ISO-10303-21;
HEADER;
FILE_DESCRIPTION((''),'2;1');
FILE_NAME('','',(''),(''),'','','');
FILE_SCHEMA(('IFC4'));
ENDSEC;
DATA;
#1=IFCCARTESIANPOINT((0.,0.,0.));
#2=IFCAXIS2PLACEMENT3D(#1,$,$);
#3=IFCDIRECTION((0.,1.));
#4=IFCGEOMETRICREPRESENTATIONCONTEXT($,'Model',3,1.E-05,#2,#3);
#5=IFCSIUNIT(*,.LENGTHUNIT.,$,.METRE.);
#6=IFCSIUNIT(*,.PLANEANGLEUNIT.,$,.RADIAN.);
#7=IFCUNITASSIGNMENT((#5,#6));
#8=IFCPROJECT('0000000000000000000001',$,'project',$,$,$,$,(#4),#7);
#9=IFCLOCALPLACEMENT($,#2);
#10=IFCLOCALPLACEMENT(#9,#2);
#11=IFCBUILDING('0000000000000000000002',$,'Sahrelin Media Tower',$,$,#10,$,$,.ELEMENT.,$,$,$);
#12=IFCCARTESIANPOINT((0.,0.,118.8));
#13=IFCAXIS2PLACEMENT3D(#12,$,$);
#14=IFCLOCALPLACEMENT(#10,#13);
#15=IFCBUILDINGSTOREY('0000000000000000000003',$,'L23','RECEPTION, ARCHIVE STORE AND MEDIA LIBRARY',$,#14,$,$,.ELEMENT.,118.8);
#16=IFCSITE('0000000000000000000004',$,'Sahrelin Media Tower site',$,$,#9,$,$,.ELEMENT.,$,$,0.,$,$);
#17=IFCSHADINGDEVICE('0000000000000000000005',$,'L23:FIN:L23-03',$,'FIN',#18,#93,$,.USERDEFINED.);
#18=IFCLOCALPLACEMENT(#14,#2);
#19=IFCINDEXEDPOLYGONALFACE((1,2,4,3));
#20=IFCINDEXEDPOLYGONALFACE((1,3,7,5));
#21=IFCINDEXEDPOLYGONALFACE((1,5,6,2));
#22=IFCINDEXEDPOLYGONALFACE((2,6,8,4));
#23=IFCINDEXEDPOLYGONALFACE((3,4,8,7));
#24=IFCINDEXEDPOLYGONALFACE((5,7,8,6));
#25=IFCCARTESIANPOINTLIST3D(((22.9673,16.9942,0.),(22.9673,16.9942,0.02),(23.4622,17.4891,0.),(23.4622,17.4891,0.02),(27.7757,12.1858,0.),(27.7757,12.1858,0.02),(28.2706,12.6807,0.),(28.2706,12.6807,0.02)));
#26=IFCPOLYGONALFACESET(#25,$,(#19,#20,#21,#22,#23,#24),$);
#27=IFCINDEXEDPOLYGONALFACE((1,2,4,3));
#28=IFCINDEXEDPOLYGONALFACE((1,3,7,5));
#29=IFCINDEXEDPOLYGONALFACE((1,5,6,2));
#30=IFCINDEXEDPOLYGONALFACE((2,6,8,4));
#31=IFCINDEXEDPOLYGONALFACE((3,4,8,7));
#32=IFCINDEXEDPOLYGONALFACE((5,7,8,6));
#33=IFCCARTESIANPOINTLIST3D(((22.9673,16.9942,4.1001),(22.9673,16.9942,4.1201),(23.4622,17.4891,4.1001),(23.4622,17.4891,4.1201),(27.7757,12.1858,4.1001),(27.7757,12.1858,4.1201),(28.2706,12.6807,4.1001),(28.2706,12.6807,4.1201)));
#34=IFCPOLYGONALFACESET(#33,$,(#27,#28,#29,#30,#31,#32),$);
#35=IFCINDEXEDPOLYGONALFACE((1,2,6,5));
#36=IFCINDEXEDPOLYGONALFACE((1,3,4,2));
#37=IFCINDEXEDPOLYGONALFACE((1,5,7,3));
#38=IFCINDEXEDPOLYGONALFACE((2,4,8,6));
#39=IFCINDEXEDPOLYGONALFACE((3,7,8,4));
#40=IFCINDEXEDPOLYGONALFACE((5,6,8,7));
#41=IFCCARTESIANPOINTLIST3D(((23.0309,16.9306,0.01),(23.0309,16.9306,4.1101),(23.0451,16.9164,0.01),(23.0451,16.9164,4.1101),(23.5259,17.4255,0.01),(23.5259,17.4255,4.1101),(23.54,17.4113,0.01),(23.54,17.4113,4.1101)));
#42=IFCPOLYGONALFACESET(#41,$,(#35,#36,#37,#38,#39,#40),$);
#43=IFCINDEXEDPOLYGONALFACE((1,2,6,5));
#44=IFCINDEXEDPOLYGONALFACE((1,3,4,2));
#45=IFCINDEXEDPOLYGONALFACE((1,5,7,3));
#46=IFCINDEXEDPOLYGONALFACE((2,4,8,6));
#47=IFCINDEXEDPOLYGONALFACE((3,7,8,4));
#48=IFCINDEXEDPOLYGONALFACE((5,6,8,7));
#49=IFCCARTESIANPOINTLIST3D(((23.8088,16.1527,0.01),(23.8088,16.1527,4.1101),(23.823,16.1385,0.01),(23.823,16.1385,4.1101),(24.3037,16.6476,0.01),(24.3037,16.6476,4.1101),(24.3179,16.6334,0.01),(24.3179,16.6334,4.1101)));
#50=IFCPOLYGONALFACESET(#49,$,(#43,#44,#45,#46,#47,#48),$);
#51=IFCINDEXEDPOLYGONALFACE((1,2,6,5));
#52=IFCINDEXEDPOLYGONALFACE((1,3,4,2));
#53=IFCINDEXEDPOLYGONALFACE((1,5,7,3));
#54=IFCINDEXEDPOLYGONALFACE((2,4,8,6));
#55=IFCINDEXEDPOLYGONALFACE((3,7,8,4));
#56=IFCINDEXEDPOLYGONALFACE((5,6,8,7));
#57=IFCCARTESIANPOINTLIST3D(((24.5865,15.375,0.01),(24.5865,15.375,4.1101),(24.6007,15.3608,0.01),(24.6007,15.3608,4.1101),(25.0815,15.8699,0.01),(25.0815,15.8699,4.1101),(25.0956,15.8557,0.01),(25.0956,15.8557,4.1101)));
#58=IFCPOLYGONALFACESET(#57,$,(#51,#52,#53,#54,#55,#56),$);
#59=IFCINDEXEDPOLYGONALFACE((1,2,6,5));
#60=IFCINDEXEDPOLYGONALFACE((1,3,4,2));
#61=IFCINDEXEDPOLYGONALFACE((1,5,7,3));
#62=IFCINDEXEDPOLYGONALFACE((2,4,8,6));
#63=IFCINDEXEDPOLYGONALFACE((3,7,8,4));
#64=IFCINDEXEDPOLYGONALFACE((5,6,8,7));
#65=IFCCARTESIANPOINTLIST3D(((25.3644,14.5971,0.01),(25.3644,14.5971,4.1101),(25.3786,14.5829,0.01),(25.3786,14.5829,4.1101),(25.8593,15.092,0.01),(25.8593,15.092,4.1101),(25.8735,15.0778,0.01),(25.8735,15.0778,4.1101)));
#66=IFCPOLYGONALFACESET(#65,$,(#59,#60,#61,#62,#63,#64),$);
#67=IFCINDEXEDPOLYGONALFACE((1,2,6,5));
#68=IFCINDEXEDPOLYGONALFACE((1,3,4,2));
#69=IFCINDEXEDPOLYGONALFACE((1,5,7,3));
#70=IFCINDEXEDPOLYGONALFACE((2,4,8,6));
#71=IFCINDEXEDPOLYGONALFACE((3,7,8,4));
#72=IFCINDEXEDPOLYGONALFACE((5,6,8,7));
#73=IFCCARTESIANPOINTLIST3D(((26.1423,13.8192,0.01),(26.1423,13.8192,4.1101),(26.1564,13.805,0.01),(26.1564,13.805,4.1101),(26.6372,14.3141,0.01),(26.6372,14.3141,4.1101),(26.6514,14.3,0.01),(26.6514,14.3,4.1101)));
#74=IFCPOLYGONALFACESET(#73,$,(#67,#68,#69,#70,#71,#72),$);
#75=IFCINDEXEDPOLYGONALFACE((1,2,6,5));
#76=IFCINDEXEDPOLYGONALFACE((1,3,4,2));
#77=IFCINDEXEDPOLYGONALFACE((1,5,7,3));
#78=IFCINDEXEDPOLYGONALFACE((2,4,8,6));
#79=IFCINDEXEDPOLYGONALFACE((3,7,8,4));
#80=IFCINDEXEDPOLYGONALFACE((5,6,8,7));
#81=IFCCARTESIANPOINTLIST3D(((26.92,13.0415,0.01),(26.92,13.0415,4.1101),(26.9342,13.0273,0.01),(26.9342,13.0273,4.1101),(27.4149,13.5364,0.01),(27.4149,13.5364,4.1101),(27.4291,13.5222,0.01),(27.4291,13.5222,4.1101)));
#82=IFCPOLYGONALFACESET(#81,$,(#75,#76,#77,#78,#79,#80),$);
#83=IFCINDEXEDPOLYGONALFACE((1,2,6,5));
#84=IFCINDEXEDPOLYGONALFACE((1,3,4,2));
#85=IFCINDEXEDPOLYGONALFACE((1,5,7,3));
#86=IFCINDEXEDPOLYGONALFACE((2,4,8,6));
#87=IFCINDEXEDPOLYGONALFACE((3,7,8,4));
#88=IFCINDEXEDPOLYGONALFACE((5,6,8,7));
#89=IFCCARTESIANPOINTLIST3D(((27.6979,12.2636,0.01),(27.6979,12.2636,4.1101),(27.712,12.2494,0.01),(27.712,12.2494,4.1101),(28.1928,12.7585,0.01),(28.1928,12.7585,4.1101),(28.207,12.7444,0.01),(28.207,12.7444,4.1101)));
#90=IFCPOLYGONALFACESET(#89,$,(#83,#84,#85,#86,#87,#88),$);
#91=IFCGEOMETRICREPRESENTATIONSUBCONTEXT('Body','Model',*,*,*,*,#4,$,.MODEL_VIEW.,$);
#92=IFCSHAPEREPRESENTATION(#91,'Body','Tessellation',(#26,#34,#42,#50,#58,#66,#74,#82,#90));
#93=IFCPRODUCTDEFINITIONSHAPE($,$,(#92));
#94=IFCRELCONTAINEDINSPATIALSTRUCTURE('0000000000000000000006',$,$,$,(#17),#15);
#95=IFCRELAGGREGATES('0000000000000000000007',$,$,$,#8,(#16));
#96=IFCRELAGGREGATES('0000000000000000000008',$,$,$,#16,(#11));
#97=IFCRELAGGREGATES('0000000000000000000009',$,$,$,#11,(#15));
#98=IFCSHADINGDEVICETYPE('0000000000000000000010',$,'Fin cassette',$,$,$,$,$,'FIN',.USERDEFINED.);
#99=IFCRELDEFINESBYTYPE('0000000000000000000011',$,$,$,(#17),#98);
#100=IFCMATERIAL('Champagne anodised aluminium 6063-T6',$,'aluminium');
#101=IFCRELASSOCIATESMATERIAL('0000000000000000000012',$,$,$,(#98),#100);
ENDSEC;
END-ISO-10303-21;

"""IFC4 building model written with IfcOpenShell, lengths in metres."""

from ifc_helpers import new_model, si_unit, direction, frame, origin, origin_2d, place, context, subcontext, project, spatial, rectangle, extrude, material, type_object, element, save


model = new_model("IFC4")

# Units and contexts
model_context = context("Model", 3, precision=1e-05, world=origin(), true_north=direction((0.0, 1.0)))
body_context = subcontext(model_context, "Body", "Model", "MODEL_VIEW")
ifc_project = project(units=[si_unit("LENGTHUNIT", "METRE"), si_unit("PLANEANGLEUNIT", "RADIAN")], contexts=[model_context])

# Site, building, storey
site_placement = place(None, origin())
site = spatial("IfcSite", under=ifc_project, at=site_placement, Name="Sahrelin Media Tower site", CompositionType="ELEMENT", RefElevation=0.0)
building_placement = place(site_placement, origin())
building = spatial("IfcBuilding", under=site, at=building_placement, Name="Sahrelin Media Tower", CompositionType="ELEMENT")
storey_placement = place(building_placement, frame((0.0, 0.0, 118.8)))
storey = spatial("IfcBuildingStorey", under=building, at=storey_placement, Name="L23", Description="RECEPTION, ARCHIVE STORE AND MEDIA LIBRARY", CompositionType="ELEMENT", Elevation=118.8)

# Shared definitions
ifc_material_1 = material(Name="Champagne anodised aluminium 6063-T6", Category="aluminium")

# Shading device
shading_device_type_1 = type_object("IfcShadingDeviceType", Name="Fin cassette", ElementType="FIN", PredefinedType="USERDEFINED", material=ifc_material_1)
placement_1 = place(storey_placement, frame((25.322, 14.5405, 0.0), z_axis=(0.0, 0.0, 1.0), x_axis=(0.707107, -0.707107, 0.0)))
element("IfcShadingDevice", 1, at=placement_1, inside=storey, type_object=shading_device_type_1, Name="L23:FIN:L23-03", ObjectType="FIN", PredefinedType="USERDEFINED", context=body_context, shape_type="SweptSolid", body=[
    extrude(rectangle(XDim=6.8, YDim=0.7, at=origin_2d()), frame((0.0, 0.4199, 0.0)), (0.0, 0.0, 1.0), 0.02),
    extrude(rectangle(XDim=6.8, YDim=0.7, at=origin_2d()), frame((0.0, 0.4199, 4.1001)), (0.0, 0.0, 1.0), 0.02),
    extrude(rectangle(XDim=0.02, YDim=0.7, at=origin_2d()), frame((-3.3, 0.4199, 0.01), z_axis=(0.0, 0.0, 1.0), x_axis=(1.0, 0.0, 0.0)), (0.0, 0.0, 1.0), 4.1001),
    extrude(rectangle(XDim=0.02, YDim=0.7, at=origin_2d()), frame((-2.2, 0.4199, 0.01), z_axis=(0.0, 0.0, 1.0), x_axis=(1.0, 0.0, 0.0)), (0.0, 0.0, 1.0), 4.1001),
    extrude(rectangle(XDim=0.02, YDim=0.7, at=origin_2d()), frame((-1.1001, 0.4199, 0.01), z_axis=(0.0, 0.0, 1.0), x_axis=(1.0, 0.0, 0.0)), (0.0, 0.0, 1.0), 4.1001),
    extrude(rectangle(XDim=0.02, YDim=0.7, at=origin_2d()), frame((0.0, 0.4199, 0.01), z_axis=(0.0, 0.0, 1.0), x_axis=(1.0, 0.0, 0.0)), (0.0, 0.0, 1.0), 4.1001),
    extrude(rectangle(XDim=0.02, YDim=0.7, at=origin_2d()), frame((1.1001, 0.4199, 0.01), z_axis=(0.0, 0.0, 1.0), x_axis=(1.0, 0.0, 0.0)), (0.0, 0.0, 1.0), 4.1001),
    extrude(rectangle(XDim=0.02, YDim=0.7, at=origin_2d()), frame((2.2, 0.4199, 0.01), z_axis=(0.0, 0.0, 1.0), x_axis=(1.0, 0.0, 0.0)), (0.0, 0.0, 1.0), 4.1001),
    extrude(rectangle(XDim=0.02, YDim=0.7, at=origin_2d()), frame((3.3, 0.4199, 0.01), z_axis=(0.0, 0.0, 1.0), x_axis=(1.0, 0.0, 0.0)), (0.0, 0.0, 1.0), 4.1001),
])

save(model, "model.ifc")
